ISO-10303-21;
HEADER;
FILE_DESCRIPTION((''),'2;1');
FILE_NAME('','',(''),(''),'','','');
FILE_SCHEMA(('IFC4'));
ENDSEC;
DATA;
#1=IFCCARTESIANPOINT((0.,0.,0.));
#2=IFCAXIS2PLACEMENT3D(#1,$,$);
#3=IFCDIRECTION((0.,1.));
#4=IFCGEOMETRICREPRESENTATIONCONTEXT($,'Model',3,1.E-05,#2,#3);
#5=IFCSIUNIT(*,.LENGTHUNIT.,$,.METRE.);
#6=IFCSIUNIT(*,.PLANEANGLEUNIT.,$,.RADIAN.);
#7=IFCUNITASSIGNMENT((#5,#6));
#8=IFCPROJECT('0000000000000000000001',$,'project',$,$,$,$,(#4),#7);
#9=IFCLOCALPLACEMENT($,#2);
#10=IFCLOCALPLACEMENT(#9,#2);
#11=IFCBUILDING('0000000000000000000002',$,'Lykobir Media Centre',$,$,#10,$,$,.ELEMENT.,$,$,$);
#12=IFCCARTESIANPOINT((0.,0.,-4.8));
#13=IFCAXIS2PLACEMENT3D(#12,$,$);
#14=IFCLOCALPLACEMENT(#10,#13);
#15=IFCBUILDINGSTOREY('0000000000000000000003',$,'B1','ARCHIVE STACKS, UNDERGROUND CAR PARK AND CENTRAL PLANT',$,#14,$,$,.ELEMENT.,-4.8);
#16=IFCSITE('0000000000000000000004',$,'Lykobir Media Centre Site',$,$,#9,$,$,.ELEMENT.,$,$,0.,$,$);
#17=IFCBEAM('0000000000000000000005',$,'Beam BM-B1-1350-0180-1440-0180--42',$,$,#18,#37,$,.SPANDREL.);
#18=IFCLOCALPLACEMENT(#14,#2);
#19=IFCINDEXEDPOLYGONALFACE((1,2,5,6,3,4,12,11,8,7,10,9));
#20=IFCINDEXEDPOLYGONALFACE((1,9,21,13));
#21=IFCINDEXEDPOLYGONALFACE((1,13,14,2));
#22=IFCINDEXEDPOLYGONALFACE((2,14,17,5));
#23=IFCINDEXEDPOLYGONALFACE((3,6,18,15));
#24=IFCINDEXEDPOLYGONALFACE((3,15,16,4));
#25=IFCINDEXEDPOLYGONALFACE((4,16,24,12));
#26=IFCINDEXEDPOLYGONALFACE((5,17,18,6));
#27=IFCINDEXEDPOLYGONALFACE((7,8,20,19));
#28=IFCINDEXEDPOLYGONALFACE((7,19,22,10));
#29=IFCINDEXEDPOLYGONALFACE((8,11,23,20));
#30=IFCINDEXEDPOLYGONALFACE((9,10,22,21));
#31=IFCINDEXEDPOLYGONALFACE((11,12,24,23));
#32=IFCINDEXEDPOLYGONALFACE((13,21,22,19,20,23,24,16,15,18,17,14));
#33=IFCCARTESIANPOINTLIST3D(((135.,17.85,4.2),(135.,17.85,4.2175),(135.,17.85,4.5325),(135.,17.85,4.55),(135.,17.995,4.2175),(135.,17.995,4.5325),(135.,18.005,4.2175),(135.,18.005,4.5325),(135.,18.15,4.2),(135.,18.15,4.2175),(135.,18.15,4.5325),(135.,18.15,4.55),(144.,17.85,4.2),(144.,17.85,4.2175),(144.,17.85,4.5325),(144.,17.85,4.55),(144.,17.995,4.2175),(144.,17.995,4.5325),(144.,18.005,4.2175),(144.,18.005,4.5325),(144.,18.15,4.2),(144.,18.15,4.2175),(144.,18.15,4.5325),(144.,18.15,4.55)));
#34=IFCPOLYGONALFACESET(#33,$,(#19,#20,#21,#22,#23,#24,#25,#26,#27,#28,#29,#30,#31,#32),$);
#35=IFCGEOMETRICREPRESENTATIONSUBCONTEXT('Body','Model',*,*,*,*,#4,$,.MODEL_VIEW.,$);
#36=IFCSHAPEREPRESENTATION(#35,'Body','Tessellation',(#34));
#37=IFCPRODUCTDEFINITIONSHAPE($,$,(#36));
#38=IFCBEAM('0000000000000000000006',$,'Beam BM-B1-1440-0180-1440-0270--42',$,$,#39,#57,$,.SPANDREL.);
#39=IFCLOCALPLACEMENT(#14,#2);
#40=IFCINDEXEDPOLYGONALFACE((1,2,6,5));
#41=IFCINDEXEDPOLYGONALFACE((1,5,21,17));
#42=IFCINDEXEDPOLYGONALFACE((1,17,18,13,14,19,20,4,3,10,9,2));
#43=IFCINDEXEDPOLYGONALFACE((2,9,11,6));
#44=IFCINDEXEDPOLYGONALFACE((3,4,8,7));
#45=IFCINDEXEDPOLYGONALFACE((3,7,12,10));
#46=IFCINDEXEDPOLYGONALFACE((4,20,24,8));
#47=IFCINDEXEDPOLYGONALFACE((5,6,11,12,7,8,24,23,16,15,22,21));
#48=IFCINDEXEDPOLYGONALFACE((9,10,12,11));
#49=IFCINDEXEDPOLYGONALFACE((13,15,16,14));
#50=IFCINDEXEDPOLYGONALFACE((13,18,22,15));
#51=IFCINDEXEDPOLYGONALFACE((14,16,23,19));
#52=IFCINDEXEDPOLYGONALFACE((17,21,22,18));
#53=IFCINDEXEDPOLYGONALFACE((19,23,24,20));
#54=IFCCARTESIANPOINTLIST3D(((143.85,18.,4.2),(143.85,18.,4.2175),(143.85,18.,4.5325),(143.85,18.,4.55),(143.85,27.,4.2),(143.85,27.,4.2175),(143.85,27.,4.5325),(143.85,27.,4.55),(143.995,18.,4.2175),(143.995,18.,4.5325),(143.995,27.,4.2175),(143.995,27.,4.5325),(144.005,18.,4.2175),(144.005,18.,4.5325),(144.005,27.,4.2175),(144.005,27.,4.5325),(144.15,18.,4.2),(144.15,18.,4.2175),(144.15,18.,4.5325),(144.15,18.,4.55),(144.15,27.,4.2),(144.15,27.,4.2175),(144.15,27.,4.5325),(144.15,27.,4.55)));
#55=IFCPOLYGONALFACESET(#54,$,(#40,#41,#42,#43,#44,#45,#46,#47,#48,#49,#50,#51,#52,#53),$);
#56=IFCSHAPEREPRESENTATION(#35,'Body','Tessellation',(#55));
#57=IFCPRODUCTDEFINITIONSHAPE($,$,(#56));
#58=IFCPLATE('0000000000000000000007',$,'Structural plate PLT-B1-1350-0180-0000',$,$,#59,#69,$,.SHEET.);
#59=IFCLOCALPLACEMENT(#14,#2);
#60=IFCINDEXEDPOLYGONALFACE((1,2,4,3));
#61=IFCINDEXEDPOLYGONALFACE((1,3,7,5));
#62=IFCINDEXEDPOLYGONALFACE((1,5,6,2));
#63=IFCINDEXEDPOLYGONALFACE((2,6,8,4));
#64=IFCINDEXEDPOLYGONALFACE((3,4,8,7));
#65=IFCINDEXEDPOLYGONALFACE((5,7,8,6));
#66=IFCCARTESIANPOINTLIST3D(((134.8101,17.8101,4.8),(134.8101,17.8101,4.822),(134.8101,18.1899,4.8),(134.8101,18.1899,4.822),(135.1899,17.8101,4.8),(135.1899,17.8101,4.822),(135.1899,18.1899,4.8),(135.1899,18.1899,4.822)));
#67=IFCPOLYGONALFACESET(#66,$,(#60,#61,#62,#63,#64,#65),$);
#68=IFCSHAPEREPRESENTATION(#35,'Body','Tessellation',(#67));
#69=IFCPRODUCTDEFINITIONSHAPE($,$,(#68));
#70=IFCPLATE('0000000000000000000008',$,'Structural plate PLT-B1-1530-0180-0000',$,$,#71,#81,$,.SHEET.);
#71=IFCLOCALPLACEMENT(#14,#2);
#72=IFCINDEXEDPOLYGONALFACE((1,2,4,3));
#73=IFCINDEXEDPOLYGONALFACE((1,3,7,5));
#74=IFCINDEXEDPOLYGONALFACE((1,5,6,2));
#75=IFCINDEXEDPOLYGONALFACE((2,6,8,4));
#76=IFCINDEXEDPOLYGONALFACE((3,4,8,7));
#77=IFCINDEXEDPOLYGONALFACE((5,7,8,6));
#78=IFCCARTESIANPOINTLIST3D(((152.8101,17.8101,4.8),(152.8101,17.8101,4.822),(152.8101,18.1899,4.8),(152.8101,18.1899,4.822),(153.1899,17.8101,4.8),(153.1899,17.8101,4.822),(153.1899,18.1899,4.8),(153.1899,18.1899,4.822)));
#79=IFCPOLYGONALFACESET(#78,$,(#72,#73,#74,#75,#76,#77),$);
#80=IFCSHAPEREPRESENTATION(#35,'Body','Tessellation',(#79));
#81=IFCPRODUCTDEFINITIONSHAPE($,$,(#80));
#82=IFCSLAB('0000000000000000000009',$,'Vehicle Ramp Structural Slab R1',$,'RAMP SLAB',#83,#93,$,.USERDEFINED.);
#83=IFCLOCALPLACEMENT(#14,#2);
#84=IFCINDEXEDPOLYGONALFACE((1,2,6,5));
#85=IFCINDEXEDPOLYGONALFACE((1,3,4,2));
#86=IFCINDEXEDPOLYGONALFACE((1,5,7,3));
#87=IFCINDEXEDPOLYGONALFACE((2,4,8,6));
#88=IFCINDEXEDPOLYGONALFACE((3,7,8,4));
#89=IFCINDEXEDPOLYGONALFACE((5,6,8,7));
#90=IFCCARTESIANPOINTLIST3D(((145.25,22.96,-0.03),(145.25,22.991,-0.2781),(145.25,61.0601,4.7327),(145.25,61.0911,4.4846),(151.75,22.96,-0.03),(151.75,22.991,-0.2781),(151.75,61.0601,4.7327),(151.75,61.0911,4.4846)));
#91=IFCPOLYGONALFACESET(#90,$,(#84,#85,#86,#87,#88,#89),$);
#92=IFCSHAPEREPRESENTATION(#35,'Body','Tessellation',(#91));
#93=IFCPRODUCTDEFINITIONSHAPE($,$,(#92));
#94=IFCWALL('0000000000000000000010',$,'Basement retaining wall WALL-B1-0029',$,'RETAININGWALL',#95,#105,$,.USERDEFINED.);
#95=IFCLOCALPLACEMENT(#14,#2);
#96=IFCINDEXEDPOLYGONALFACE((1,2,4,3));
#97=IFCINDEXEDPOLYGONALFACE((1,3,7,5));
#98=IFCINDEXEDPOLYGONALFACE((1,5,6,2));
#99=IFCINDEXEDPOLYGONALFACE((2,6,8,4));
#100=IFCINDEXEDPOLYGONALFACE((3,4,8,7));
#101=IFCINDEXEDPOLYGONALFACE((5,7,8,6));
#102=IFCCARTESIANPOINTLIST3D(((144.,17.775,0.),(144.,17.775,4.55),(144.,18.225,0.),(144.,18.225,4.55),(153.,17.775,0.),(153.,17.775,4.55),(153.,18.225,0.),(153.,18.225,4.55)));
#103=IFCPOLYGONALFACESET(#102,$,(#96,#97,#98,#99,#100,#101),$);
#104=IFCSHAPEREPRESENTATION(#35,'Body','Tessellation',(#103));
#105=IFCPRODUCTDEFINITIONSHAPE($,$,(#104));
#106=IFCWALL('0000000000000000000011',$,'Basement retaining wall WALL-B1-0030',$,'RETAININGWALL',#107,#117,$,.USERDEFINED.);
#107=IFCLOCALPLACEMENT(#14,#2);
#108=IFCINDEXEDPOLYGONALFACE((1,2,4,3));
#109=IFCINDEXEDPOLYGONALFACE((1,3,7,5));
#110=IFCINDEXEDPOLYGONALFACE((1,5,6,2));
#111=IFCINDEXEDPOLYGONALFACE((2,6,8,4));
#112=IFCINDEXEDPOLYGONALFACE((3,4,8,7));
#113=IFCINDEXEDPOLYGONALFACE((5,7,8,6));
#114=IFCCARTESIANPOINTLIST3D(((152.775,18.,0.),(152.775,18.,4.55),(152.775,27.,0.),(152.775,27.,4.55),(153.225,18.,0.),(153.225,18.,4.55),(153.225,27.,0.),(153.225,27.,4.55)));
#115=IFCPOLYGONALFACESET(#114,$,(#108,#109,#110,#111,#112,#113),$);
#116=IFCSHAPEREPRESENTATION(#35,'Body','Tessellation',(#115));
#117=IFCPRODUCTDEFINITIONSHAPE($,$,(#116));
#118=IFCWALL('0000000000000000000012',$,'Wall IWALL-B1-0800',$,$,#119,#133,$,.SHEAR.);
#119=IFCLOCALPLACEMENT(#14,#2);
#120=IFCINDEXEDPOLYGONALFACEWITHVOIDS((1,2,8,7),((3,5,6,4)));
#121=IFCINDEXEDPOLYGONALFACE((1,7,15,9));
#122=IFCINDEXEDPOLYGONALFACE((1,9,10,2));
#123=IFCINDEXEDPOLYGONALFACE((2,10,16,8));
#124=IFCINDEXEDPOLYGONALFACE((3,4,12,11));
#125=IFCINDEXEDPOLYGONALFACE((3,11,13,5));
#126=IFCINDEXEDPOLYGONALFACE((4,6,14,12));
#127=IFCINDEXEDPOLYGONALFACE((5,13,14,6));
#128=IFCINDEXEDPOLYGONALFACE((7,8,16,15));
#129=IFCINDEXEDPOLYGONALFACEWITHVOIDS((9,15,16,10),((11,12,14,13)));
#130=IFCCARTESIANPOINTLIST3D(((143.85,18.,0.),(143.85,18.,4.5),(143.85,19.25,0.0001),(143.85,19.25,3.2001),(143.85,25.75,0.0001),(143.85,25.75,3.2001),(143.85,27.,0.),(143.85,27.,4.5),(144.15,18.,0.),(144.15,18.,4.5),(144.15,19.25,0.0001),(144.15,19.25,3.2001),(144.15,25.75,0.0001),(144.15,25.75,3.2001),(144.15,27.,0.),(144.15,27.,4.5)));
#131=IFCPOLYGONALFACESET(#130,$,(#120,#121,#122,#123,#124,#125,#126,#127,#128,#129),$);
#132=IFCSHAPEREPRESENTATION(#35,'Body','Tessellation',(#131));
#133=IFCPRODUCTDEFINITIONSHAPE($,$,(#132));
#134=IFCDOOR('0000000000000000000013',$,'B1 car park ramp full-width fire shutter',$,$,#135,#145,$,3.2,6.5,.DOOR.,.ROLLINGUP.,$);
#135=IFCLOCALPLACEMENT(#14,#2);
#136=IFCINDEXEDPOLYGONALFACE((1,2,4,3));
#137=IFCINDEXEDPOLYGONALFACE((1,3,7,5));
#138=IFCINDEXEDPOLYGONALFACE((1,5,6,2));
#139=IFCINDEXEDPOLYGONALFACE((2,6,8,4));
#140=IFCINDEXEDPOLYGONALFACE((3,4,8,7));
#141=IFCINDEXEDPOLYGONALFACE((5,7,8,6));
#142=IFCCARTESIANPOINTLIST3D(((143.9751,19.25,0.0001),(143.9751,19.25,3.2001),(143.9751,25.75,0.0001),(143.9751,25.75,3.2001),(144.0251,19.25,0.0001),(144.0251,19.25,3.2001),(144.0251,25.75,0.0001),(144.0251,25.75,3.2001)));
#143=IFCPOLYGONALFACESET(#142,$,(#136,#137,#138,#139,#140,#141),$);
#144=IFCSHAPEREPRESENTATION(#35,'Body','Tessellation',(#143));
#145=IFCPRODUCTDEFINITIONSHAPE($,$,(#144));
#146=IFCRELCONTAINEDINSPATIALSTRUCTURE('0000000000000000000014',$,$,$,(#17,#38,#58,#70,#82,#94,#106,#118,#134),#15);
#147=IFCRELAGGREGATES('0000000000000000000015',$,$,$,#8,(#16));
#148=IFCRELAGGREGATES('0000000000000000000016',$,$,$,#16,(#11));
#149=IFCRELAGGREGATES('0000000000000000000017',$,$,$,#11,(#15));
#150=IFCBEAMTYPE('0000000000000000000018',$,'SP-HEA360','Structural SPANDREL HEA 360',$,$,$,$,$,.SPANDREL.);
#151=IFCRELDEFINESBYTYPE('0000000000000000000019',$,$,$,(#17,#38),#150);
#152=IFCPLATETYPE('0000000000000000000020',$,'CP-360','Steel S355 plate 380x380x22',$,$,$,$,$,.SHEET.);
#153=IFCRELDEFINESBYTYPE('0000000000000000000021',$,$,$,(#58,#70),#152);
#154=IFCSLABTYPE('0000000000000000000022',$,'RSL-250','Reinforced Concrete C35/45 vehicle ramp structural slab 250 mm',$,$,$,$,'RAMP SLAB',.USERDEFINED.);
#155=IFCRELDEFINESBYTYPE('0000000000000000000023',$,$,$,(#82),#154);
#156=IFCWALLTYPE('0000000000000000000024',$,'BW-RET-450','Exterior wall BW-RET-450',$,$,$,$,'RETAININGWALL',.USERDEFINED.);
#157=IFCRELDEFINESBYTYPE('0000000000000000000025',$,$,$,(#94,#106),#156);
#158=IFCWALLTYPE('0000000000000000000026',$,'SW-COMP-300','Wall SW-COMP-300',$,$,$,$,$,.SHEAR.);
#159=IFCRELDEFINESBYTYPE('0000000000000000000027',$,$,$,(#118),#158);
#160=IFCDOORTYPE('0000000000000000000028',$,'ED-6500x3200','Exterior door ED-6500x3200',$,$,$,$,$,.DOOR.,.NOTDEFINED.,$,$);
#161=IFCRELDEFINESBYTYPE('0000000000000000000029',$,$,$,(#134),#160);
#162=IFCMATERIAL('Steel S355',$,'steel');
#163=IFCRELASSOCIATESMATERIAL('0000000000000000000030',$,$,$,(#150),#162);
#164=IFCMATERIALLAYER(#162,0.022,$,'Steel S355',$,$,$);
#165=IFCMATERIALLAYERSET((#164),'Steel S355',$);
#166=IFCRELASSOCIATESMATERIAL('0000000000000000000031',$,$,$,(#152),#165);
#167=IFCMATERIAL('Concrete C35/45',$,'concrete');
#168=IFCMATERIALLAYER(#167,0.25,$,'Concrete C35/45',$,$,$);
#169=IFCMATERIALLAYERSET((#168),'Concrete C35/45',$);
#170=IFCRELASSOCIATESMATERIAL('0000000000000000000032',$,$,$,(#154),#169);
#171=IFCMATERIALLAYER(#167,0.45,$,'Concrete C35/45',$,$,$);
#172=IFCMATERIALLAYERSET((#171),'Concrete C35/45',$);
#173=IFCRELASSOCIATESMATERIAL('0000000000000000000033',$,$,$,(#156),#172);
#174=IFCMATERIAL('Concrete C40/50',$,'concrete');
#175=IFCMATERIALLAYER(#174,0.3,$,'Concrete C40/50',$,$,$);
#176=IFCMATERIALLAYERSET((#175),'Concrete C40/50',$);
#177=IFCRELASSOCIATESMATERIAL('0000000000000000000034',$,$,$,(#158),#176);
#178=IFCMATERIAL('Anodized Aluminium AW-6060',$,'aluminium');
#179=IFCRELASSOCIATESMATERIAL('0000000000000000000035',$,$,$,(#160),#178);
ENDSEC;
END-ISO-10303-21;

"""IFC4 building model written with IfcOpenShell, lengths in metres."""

from ifc_helpers import new_model, si_unit, direction, frame, frame_2d, origin, origin_2d, place, context, subcontext, project, spatial, polyline, rectangle, i_section, outline, extrude, material, layer, layer_set, material_profile, profile_set, type_object, element, fill, save


model = new_model("IFC4")

# Units and contexts
model_context = context("Model", 3, precision=1e-05, world=origin(), true_north=direction((0.0, 1.0)))
body_context = subcontext(model_context, "Body", "Model", "MODEL_VIEW")
ifc_project = project(units=[si_unit("LENGTHUNIT", "METRE"), si_unit("PLANEANGLEUNIT", "RADIAN")], contexts=[model_context])

# Site, building, storey
site_placement = place(None, origin())
site = spatial("IfcSite", under=ifc_project, at=site_placement, Name="Lykobir Media Centre Site", CompositionType="ELEMENT", RefElevation=0.0)
building_placement = place(site_placement, origin())
building = spatial("IfcBuilding", under=site, at=building_placement, Name="Lykobir Media Centre", CompositionType="ELEMENT")
storey_placement = place(building_placement, frame((0.0, 0.0, -4.8)))
storey = spatial("IfcBuildingStorey", under=building, at=storey_placement, Name="B1", Description="ARCHIVE STACKS, UNDERGROUND CAR PARK AND CENTRAL PLANT", CompositionType="ELEMENT", Elevation=-4.8)

# Shared definitions
ifc_material_1 = material(Name="Concrete C35/45", Category="concrete")

# Shared definitions
ifc_material_2 = material(Name="Concrete C40/50", Category="concrete")
ifc_material_3 = material(Name="Steel S355", Category="steel")

# Beams
ifc_material_profile_1 = material_profile(ifc_material_3, i_section(OverallWidth=0.3, OverallDepth=0.3501, WebThickness=0.01, FlangeThickness=0.0176, at=origin_2d()), Name="HEA 360")
ifc_profile_set_1 = profile_set([ifc_material_profile_1], Name="Steel S355")
beam_type_1 = type_object("IfcBeamType", Name="SP-HEA360", Description="Structural SPANDREL HEA 360", PredefinedType="SPANDREL", material=ifc_profile_set_1)
for number, where, z_axis, x_axis, name in (
    (1, (135.0, 18.0, 4.375), (1.0, 0.0, 0.0), (0.0, 1.0, 0.0), "Beam BM-B1-1350-0180-1440-0180--42"),
    (2, (144.0, 18.0, 4.375), (0.0, 1.0, 0.0), (-1.0, 0.0, 0.0), "Beam BM-B1-1440-0180-1440-0270--42"),
):
    element("IfcBeam", number, at=place(storey_placement, frame(where, z_axis=z_axis, x_axis=x_axis)), inside=storey, type_object=beam_type_1, Name=name, PredefinedType="SPANDREL", context=body_context, shape_type="SweptSolid", body=[
        extrude(i_section(OverallWidth=0.3, OverallDepth=0.3501, WebThickness=0.01, FlangeThickness=0.0176, at=origin_2d()), origin(), (0.0, 0.0, 1.0), 9.0),
    ])

# Plates
ifc_layer_1 = layer(ifc_material_3, 0.022, Name="Steel S355")
ifc_layer_set_1 = layer_set([ifc_layer_1], Name="Steel S355")
plate_type = type_object("IfcPlateType", Name="CP-360", Description="Steel S355 plate 380x380x22", PredefinedType="SHEET", material=ifc_layer_set_1)
for number, where, z_axis, x_axis, name in (
    (3, (135.0, 18.0, 4.8), (0.0, 0.0, 1.0), (1.0, 0.0, 0.0), "Structural plate PLT-B1-1350-0180-0000"),
    (4, (153.0, 18.0, 4.8), (0.0, 0.0, 1.0), (1.0, 0.0, 0.0), "Structural plate PLT-B1-1530-0180-0000"),
):
    element("IfcPlate", number, at=place(storey_placement, frame(where, z_axis=z_axis, x_axis=x_axis)), inside=storey, type_object=plate_type, Name=name, PredefinedType="SHEET", context=body_context, shape_type="SweptSolid", body=[
        extrude(rectangle(XDim=0.3799, YDim=0.3799, at=origin_2d()), origin(), (0.0, 0.0, 1.0), 0.022),
    ])

# Slab
ifc_layer_2 = layer(ifc_material_1, 0.25, Name="Concrete C35/45")
ifc_layer_set_2 = layer_set([ifc_layer_2], Name="Concrete C35/45")
slab_type = type_object("IfcSlabType", Name="RSL-250", Description="Reinforced Concrete C35/45 vehicle ramp structural slab 250 mm", ElementType="RAMP SLAB", PredefinedType="USERDEFINED", material=ifc_layer_set_2)
slab_placement = place(storey_placement, frame((145.25, 22.96, -0.03), z_axis=(0.0, -0.124039, 0.992277), x_axis=(1.0, 0.0, 0.0)))
element("IfcSlab", 5, at=slab_placement, inside=storey, type_object=slab_type, Name="Vehicle Ramp Structural Slab R1", ObjectType="RAMP SLAB", PredefinedType="USERDEFINED", context=body_context, shape_type="SweptSolid", body=[
    extrude(outline(polyline([(0.0, 0.0), (6.5, 0.0), (6.5, 38.3966), (0.0, 38.3966), (0.0, 0.0)])), origin(), (0.0, 0.0, -1.0), 0.25),
])

# Walls
ifc_layer_3 = layer(ifc_material_1, 0.45, Name="Concrete C35/45")
ifc_layer_set_3 = layer_set([ifc_layer_3], Name="Concrete C35/45")
wall_type_1 = type_object("IfcWallType", Name="BW-RET-450", Description="Exterior wall BW-RET-450", ElementType="RETAININGWALL", PredefinedType="USERDEFINED", material=ifc_layer_set_3)
for number, where, z_axis, x_axis, name in (
    (6, (144.0, 18.0, 0.0), (0.0, 0.0, 1.0), (1.0, 0.0, 0.0), "Basement retaining wall WALL-B1-0029"),
    (7, (153.0, 18.0, 0.0), (0.0, 0.0, 1.0), (0.0, 1.0, 0.0), "Basement retaining wall WALL-B1-0030"),
):
    element("IfcWall", number, at=place(storey_placement, frame(where, z_axis=z_axis, x_axis=x_axis)), inside=storey, type_object=wall_type_1, Name=name, ObjectType="RETAININGWALL", PredefinedType="USERDEFINED", context=body_context, shape_type="SweptSolid", body=[
        extrude(rectangle(XDim=9.0, YDim=0.45, at=frame_2d((4.5, 0.0))), origin(), (0.0, 0.0, 1.0), 4.55),
    ])

# Wall, opening, door
ifc_layer_4 = layer(ifc_material_2, 0.3, Name="Concrete C40/50")
ifc_layer_set_4 = layer_set([ifc_layer_4], Name="Concrete C40/50")
wall_type_2 = type_object("IfcWallType", Name="SW-COMP-300", Description="Wall SW-COMP-300", PredefinedType="SHEAR", material=ifc_layer_set_4)
wall_placement = place(storey_placement, frame((144.0, 18.0, 0.0), z_axis=(0.0, 0.0, 1.0), x_axis=(0.0, 1.0, 0.0)))
wall = element("IfcWall", 8, at=wall_placement, inside=storey, type_object=wall_type_2, Name="Wall IWALL-B1-0800", PredefinedType="SHEAR", context=body_context, shape_type="SweptSolid", body=[
    extrude(rectangle(XDim=9.0, YDim=0.3, at=frame_2d((4.5, 0.0))), origin(), (0.0, 0.0, 1.0), 4.5),
])
opening_placement = place(wall_placement, frame((1.25, 0.0, 0.0)))
opening = element("IfcOpeningElement", 9, at=opening_placement, cuts=wall, PredefinedType="OPENING", context=body_context, shape_type="SweptSolid", body=[
    extrude(rectangle(XDim=6.5, YDim=3.2, at=frame_2d((3.25, 1.6001))), frame((0.0, 0.1599, 0.0), z_axis=(0.0, -1.0, 0.0), x_axis=(1.0, 0.0, 0.0)), (0.0, 0.0, 1.0), 0.3201),
])
ifc_material_4 = material(Name="Anodized Aluminium AW-6060", Category="aluminium")
door_type = type_object("IfcDoorType", Name="ED-6500x3200", Description="Exterior door ED-6500x3200", OperationType="NOTDEFINED", PredefinedType="DOOR", material=ifc_material_4)
door_placement = place(opening_placement, origin())
door = element("IfcDoor", 10, at=door_placement, inside=storey, type_object=door_type, Name="B1 car park ramp full-width fire shutter", OperationType="ROLLINGUP", OverallHeight=3.2, OverallWidth=6.5, PredefinedType="DOOR", context=body_context, shape_type="SweptSolid", body=[
    extrude(rectangle(XDim=6.5, YDim=3.2, at=frame_2d((3.25, 1.6001))), frame((0.0, 0.0249, 0.0), z_axis=(0.0, -1.0, 0.0), x_axis=(1.0, 0.0, 0.0)), (0.0, 0.0, 1.0), 0.05),
])
fill(opening, door)

save(model, "model.ifc")
